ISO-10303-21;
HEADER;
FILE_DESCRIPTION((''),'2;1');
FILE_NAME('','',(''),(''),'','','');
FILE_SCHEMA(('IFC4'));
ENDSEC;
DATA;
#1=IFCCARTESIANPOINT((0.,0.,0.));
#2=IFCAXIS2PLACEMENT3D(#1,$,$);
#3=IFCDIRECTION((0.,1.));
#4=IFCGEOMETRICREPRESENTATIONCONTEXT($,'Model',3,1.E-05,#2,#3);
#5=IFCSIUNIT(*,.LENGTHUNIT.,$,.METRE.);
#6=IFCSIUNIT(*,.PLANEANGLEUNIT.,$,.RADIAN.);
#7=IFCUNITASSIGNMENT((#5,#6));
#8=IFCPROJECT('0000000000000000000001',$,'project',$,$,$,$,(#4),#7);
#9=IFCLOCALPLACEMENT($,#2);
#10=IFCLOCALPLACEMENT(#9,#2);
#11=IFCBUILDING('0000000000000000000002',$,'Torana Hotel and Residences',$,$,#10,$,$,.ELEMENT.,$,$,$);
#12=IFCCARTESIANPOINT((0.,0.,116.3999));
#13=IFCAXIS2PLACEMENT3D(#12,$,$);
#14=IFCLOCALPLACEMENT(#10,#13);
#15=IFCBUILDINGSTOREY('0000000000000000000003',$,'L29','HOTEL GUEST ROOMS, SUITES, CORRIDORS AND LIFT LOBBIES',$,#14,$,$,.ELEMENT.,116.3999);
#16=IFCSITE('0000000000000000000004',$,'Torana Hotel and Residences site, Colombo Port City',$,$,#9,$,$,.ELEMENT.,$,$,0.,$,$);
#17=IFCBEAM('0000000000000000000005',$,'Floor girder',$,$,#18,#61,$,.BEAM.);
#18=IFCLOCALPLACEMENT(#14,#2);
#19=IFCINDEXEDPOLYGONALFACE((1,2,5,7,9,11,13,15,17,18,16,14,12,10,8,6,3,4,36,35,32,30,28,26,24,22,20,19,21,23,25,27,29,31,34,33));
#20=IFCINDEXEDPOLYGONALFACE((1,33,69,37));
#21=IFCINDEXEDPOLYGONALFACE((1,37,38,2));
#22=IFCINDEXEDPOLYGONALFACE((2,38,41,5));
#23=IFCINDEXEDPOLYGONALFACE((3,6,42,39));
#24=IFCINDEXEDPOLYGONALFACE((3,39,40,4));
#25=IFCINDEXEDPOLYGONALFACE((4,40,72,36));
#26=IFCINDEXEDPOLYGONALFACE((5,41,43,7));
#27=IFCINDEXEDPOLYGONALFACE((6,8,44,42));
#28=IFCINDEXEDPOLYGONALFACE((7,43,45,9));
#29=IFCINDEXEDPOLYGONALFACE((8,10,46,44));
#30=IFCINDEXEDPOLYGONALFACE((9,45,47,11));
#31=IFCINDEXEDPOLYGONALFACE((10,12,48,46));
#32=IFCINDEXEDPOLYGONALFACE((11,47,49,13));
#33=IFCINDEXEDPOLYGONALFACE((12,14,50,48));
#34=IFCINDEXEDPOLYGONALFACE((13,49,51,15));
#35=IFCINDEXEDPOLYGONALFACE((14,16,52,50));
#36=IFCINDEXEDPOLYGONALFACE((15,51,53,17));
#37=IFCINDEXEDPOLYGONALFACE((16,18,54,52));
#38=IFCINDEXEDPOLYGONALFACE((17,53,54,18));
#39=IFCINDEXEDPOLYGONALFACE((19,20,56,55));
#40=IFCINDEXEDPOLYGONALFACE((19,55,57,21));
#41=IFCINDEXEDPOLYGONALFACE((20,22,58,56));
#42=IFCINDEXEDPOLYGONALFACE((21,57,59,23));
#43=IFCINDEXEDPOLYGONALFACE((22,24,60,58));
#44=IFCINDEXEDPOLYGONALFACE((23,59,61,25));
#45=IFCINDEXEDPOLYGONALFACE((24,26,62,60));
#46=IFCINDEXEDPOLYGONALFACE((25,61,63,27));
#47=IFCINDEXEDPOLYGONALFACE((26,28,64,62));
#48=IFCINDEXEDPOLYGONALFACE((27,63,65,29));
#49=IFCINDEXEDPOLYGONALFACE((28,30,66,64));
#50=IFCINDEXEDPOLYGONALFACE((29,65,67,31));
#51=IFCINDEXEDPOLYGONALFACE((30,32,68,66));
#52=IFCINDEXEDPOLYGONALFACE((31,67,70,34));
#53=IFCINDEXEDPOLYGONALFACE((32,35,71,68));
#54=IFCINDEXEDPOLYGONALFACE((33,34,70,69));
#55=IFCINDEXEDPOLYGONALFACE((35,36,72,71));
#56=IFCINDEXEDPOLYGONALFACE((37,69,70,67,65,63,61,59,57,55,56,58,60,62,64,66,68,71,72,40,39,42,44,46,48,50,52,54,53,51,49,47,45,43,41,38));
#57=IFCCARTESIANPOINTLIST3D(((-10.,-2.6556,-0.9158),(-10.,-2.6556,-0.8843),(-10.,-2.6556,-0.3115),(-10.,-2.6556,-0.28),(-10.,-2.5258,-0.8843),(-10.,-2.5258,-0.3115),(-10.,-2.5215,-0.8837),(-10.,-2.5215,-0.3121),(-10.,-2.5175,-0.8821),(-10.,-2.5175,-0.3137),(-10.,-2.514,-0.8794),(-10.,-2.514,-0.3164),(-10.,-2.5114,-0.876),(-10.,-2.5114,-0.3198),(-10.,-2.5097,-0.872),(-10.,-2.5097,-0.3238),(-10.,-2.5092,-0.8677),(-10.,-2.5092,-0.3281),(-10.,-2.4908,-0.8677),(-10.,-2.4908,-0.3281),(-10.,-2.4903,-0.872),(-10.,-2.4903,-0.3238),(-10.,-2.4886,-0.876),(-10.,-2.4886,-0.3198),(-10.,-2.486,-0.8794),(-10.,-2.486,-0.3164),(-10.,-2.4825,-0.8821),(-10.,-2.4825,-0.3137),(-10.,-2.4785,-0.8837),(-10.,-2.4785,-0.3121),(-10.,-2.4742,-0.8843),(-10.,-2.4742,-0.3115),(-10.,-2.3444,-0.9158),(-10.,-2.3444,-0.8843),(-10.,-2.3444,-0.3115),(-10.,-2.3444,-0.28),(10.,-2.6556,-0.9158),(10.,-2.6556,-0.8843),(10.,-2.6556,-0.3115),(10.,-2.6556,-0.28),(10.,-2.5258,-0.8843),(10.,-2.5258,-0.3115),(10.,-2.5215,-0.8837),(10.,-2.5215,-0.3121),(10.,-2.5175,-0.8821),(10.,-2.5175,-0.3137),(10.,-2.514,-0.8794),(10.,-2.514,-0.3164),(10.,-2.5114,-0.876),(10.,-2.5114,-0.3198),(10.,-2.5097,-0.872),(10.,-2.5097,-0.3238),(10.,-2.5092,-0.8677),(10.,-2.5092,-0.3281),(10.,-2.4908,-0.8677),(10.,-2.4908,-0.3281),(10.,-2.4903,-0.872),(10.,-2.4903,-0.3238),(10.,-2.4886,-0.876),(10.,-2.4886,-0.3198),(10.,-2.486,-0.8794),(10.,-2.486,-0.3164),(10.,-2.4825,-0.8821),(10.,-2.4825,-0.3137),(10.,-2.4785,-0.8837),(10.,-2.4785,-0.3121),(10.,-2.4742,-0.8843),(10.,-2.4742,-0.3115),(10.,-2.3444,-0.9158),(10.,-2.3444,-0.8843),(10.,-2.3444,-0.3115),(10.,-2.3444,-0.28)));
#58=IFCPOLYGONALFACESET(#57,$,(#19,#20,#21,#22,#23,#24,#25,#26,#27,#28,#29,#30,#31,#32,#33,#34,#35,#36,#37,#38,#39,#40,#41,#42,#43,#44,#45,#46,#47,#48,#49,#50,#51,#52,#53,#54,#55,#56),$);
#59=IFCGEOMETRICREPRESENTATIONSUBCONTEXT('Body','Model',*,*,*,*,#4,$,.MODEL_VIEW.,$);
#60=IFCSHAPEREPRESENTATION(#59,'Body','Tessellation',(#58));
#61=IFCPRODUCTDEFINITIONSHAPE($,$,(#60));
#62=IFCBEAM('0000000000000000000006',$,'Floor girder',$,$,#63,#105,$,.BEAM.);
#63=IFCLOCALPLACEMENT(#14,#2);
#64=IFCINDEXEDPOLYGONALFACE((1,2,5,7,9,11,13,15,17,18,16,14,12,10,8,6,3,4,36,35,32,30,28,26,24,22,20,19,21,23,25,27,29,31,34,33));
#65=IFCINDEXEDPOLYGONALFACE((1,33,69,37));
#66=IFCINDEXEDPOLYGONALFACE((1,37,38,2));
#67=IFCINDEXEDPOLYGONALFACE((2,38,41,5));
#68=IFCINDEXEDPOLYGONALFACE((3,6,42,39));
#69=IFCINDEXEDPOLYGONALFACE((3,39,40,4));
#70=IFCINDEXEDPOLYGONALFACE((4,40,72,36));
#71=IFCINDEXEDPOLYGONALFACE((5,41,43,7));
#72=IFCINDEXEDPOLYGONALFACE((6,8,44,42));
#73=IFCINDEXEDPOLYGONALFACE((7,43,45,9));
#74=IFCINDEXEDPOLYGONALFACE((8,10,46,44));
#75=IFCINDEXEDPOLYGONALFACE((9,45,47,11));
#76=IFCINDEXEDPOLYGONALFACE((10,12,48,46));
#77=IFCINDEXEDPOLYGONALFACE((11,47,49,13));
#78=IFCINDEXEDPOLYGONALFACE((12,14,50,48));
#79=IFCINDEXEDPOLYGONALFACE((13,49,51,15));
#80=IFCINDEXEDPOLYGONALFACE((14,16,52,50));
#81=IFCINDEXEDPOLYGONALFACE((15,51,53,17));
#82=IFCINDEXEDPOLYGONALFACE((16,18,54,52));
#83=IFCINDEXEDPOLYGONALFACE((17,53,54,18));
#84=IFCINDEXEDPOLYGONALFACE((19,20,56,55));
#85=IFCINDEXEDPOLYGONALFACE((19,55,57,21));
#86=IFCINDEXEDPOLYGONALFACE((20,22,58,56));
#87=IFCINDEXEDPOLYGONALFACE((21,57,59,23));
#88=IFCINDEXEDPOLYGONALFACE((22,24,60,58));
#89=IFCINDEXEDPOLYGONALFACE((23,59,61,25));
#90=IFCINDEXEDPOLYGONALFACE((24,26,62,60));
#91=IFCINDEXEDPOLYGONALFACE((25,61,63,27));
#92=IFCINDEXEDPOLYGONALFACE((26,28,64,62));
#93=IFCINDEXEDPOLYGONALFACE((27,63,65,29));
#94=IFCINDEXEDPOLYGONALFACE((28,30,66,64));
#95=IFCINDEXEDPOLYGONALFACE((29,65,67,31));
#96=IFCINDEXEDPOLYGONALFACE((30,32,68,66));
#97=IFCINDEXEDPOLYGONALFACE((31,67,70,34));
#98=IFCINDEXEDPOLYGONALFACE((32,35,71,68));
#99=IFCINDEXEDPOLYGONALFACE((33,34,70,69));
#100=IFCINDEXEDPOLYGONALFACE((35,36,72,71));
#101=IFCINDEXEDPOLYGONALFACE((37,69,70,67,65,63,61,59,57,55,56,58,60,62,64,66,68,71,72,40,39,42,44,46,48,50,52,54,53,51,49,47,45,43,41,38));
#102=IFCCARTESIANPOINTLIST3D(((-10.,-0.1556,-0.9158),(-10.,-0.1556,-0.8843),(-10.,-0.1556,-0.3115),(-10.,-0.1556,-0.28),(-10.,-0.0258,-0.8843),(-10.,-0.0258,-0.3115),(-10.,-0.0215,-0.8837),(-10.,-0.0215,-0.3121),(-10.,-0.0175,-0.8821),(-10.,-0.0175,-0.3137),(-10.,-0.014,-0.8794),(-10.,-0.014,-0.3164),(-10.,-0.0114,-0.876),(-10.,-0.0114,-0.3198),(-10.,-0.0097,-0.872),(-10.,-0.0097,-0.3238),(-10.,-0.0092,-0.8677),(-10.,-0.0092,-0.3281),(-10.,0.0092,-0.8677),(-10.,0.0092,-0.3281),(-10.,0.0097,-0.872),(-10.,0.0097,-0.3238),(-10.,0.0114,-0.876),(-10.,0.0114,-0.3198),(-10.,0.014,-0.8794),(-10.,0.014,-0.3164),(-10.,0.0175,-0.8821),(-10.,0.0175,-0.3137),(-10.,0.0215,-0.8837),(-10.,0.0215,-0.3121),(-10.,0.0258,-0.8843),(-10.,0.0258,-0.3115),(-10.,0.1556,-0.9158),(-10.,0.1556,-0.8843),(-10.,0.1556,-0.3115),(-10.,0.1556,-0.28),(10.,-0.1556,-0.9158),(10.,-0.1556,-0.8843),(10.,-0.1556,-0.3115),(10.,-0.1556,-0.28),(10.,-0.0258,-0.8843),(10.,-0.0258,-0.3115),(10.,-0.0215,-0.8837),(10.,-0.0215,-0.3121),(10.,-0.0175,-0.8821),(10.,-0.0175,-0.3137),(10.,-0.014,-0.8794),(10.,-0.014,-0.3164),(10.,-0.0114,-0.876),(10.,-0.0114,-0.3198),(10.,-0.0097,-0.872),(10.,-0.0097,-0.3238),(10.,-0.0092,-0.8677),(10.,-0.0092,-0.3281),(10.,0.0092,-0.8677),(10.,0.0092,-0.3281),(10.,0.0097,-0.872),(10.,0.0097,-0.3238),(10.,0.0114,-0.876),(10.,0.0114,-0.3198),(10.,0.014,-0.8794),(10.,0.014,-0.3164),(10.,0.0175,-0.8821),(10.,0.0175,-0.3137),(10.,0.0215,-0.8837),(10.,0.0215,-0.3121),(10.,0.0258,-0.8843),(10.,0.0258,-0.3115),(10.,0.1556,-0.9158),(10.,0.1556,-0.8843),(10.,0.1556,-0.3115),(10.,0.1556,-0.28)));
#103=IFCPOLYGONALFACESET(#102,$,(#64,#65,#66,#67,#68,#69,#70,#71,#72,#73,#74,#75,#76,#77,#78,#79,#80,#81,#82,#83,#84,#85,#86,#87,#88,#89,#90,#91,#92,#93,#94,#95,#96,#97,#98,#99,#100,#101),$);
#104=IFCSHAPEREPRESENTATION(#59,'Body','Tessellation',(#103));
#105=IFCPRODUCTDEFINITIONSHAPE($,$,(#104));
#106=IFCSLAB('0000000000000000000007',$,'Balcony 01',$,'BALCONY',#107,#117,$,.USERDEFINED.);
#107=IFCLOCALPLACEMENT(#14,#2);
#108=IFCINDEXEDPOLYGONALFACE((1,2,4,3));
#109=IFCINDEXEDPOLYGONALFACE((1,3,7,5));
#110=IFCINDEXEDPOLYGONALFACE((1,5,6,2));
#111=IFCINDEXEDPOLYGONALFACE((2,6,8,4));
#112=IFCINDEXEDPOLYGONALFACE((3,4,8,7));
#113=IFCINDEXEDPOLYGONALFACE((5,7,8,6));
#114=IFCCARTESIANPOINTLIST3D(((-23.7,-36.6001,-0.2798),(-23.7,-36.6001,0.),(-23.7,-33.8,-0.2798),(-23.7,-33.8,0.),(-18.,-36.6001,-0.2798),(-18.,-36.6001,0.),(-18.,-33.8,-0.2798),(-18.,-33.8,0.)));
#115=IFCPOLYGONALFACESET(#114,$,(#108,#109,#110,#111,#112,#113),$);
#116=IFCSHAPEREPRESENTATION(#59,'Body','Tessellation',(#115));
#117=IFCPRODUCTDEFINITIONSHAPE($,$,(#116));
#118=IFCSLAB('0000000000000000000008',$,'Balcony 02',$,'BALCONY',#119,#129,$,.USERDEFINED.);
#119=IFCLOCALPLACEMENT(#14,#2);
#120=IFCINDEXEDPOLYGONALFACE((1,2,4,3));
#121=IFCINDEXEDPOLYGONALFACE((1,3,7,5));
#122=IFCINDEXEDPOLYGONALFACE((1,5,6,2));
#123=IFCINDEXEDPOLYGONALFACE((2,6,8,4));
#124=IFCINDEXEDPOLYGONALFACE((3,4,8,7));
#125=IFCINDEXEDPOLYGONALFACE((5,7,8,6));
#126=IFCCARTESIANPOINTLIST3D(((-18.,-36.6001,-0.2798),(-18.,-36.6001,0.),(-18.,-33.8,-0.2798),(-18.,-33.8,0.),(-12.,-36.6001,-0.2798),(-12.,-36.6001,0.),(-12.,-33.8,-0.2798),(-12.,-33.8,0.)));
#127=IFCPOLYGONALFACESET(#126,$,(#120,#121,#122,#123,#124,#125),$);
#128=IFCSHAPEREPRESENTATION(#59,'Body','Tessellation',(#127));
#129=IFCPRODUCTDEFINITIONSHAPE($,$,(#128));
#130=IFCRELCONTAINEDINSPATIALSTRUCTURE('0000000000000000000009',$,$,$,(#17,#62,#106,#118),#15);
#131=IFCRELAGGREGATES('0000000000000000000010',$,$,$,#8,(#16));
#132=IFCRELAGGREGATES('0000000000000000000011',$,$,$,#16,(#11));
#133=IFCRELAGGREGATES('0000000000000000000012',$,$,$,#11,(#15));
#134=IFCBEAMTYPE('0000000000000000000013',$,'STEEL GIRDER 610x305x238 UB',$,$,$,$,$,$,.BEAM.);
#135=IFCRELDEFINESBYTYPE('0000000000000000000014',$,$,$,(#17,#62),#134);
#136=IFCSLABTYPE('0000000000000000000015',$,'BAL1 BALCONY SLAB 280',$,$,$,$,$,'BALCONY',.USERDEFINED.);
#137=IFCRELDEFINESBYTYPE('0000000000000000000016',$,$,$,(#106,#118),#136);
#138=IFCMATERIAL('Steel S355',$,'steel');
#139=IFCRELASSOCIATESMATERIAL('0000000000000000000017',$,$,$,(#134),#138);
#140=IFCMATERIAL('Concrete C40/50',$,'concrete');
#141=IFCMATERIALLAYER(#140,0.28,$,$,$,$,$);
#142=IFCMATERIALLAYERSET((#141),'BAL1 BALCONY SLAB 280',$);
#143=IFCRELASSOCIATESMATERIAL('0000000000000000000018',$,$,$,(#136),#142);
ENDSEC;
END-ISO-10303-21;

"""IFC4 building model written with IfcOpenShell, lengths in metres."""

from ifc_helpers import new_model, si_unit, direction, frame, origin, origin_2d, place, context, subcontext, project, spatial, polyline, i_section, outline, extrude, material, layer, layer_set, material_profile, profile_set, type_object, element, save


model = new_model("IFC4")

# Units and contexts
model_context = context("Model", 3, precision=1e-05, world=origin(), true_north=direction((0.0, 1.0)))
body_context = subcontext(model_context, "Body", "Model", "MODEL_VIEW")
ifc_project = project(units=[si_unit("LENGTHUNIT", "METRE"), si_unit("PLANEANGLEUNIT", "RADIAN")], contexts=[model_context])

# Site, building, storey
site_placement = place(None, origin())
site = spatial("IfcSite", under=ifc_project, at=site_placement, Name="Torana Hotel and Residences site, Colombo Port City", CompositionType="ELEMENT", RefElevation=0.0)
building_placement = place(site_placement, origin())
building = spatial("IfcBuilding", under=site, at=building_placement, Name="Torana Hotel and Residences", CompositionType="ELEMENT")
storey_placement = place(building_placement, frame((0.0, 0.0, 116.3999)))
storey = spatial("IfcBuildingStorey", under=building, at=storey_placement, Name="L29", Description="HOTEL GUEST ROOMS, SUITES, CORRIDORS AND LIFT LOBBIES", CompositionType="ELEMENT", Elevation=116.3999)

# Beams
ifc_material_1 = material(Name="Steel S355", Category="steel")
ifc_material_profile = material_profile(ifc_material_1, i_section(OverallWidth=0.3113, OverallDepth=0.6357, WebThickness=0.0183, FlangeThickness=0.0315, FilletRadius=0.0166, at=origin_2d()), Name="610x305x238 UB")
ifc_profile_set = profile_set([ifc_material_profile], Name="Steel S355")
beam_type = type_object("IfcBeamType", Name="STEEL GIRDER 610x305x238 UB", PredefinedType="BEAM", material=ifc_profile_set)
for number, where, z_axis, x_axis, name in (
    (1, (-10.0, -2.5, -0.5979), (1.0, 0.0, 0.0), (0.0, 1.0, 0.0), "Floor girder"),
    (2, (-10.0, 0.0, -0.5979), (1.0, 0.0, 0.0), (0.0, 1.0, 0.0), "Floor girder"),
):
    element("IfcBeam", number, at=place(storey_placement, frame(where, z_axis=z_axis, x_axis=x_axis)), inside=storey, type_object=beam_type, Name=name, PredefinedType="BEAM", context=body_context, shape_type="SweptSolid", body=[
        extrude(i_section(OverallWidth=0.3113, OverallDepth=0.6357, WebThickness=0.0183, FlangeThickness=0.0315, FilletRadius=0.0166, at=origin_2d()), origin(), (0.0, 0.0, 1.0), 20.0),
    ])

# Slabs
ifc_material_2 = material(Name="Concrete C40/50", Category="concrete")
ifc_layer_1 = layer(ifc_material_2, 0.28)
ifc_layer_set_1 = layer_set([ifc_layer_1], Name="BAL1 BALCONY SLAB 280")
slab_type_1 = type_object("IfcSlabType", Name="BAL1 BALCONY SLAB 280", ElementType="BALCONY", PredefinedType="USERDEFINED", material=ifc_layer_set_1)
slab_1_placement = place(storey_placement, frame((0.0, 0.0, -0.2798)))
element("IfcSlab", 3, at=slab_1_placement, inside=storey, type_object=slab_type_1, Name="Balcony 01", ObjectType="BALCONY", PredefinedType="USERDEFINED", context=body_context, shape_type="SweptSolid", body=[
    extrude(outline(polyline([(-23.7, -36.6001), (-18.0, -36.6001), (-18.0, -33.8), (-23.7, -33.8), (-23.7, -36.6001)])), origin(), (0.0, 0.0, 1.0), 0.2798),
])
slab_2_placement = place(storey_placement, frame((0.0, 0.0, -0.2798)))
element("IfcSlab", 4, at=slab_2_placement, inside=storey, type_object=slab_type_1, Name="Balcony 02", ObjectType="BALCONY", PredefinedType="USERDEFINED", context=body_context, shape_type="SweptSolid", body=[
    extrude(outline(polyline([(-18.0, -36.6001), (-12.0, -36.6001), (-12.0, -33.8), (-18.0, -33.8), (-18.0, -36.6001)])), origin(), (0.0, 0.0, 1.0), 0.2798),
])

save(model, "model.ifc")
